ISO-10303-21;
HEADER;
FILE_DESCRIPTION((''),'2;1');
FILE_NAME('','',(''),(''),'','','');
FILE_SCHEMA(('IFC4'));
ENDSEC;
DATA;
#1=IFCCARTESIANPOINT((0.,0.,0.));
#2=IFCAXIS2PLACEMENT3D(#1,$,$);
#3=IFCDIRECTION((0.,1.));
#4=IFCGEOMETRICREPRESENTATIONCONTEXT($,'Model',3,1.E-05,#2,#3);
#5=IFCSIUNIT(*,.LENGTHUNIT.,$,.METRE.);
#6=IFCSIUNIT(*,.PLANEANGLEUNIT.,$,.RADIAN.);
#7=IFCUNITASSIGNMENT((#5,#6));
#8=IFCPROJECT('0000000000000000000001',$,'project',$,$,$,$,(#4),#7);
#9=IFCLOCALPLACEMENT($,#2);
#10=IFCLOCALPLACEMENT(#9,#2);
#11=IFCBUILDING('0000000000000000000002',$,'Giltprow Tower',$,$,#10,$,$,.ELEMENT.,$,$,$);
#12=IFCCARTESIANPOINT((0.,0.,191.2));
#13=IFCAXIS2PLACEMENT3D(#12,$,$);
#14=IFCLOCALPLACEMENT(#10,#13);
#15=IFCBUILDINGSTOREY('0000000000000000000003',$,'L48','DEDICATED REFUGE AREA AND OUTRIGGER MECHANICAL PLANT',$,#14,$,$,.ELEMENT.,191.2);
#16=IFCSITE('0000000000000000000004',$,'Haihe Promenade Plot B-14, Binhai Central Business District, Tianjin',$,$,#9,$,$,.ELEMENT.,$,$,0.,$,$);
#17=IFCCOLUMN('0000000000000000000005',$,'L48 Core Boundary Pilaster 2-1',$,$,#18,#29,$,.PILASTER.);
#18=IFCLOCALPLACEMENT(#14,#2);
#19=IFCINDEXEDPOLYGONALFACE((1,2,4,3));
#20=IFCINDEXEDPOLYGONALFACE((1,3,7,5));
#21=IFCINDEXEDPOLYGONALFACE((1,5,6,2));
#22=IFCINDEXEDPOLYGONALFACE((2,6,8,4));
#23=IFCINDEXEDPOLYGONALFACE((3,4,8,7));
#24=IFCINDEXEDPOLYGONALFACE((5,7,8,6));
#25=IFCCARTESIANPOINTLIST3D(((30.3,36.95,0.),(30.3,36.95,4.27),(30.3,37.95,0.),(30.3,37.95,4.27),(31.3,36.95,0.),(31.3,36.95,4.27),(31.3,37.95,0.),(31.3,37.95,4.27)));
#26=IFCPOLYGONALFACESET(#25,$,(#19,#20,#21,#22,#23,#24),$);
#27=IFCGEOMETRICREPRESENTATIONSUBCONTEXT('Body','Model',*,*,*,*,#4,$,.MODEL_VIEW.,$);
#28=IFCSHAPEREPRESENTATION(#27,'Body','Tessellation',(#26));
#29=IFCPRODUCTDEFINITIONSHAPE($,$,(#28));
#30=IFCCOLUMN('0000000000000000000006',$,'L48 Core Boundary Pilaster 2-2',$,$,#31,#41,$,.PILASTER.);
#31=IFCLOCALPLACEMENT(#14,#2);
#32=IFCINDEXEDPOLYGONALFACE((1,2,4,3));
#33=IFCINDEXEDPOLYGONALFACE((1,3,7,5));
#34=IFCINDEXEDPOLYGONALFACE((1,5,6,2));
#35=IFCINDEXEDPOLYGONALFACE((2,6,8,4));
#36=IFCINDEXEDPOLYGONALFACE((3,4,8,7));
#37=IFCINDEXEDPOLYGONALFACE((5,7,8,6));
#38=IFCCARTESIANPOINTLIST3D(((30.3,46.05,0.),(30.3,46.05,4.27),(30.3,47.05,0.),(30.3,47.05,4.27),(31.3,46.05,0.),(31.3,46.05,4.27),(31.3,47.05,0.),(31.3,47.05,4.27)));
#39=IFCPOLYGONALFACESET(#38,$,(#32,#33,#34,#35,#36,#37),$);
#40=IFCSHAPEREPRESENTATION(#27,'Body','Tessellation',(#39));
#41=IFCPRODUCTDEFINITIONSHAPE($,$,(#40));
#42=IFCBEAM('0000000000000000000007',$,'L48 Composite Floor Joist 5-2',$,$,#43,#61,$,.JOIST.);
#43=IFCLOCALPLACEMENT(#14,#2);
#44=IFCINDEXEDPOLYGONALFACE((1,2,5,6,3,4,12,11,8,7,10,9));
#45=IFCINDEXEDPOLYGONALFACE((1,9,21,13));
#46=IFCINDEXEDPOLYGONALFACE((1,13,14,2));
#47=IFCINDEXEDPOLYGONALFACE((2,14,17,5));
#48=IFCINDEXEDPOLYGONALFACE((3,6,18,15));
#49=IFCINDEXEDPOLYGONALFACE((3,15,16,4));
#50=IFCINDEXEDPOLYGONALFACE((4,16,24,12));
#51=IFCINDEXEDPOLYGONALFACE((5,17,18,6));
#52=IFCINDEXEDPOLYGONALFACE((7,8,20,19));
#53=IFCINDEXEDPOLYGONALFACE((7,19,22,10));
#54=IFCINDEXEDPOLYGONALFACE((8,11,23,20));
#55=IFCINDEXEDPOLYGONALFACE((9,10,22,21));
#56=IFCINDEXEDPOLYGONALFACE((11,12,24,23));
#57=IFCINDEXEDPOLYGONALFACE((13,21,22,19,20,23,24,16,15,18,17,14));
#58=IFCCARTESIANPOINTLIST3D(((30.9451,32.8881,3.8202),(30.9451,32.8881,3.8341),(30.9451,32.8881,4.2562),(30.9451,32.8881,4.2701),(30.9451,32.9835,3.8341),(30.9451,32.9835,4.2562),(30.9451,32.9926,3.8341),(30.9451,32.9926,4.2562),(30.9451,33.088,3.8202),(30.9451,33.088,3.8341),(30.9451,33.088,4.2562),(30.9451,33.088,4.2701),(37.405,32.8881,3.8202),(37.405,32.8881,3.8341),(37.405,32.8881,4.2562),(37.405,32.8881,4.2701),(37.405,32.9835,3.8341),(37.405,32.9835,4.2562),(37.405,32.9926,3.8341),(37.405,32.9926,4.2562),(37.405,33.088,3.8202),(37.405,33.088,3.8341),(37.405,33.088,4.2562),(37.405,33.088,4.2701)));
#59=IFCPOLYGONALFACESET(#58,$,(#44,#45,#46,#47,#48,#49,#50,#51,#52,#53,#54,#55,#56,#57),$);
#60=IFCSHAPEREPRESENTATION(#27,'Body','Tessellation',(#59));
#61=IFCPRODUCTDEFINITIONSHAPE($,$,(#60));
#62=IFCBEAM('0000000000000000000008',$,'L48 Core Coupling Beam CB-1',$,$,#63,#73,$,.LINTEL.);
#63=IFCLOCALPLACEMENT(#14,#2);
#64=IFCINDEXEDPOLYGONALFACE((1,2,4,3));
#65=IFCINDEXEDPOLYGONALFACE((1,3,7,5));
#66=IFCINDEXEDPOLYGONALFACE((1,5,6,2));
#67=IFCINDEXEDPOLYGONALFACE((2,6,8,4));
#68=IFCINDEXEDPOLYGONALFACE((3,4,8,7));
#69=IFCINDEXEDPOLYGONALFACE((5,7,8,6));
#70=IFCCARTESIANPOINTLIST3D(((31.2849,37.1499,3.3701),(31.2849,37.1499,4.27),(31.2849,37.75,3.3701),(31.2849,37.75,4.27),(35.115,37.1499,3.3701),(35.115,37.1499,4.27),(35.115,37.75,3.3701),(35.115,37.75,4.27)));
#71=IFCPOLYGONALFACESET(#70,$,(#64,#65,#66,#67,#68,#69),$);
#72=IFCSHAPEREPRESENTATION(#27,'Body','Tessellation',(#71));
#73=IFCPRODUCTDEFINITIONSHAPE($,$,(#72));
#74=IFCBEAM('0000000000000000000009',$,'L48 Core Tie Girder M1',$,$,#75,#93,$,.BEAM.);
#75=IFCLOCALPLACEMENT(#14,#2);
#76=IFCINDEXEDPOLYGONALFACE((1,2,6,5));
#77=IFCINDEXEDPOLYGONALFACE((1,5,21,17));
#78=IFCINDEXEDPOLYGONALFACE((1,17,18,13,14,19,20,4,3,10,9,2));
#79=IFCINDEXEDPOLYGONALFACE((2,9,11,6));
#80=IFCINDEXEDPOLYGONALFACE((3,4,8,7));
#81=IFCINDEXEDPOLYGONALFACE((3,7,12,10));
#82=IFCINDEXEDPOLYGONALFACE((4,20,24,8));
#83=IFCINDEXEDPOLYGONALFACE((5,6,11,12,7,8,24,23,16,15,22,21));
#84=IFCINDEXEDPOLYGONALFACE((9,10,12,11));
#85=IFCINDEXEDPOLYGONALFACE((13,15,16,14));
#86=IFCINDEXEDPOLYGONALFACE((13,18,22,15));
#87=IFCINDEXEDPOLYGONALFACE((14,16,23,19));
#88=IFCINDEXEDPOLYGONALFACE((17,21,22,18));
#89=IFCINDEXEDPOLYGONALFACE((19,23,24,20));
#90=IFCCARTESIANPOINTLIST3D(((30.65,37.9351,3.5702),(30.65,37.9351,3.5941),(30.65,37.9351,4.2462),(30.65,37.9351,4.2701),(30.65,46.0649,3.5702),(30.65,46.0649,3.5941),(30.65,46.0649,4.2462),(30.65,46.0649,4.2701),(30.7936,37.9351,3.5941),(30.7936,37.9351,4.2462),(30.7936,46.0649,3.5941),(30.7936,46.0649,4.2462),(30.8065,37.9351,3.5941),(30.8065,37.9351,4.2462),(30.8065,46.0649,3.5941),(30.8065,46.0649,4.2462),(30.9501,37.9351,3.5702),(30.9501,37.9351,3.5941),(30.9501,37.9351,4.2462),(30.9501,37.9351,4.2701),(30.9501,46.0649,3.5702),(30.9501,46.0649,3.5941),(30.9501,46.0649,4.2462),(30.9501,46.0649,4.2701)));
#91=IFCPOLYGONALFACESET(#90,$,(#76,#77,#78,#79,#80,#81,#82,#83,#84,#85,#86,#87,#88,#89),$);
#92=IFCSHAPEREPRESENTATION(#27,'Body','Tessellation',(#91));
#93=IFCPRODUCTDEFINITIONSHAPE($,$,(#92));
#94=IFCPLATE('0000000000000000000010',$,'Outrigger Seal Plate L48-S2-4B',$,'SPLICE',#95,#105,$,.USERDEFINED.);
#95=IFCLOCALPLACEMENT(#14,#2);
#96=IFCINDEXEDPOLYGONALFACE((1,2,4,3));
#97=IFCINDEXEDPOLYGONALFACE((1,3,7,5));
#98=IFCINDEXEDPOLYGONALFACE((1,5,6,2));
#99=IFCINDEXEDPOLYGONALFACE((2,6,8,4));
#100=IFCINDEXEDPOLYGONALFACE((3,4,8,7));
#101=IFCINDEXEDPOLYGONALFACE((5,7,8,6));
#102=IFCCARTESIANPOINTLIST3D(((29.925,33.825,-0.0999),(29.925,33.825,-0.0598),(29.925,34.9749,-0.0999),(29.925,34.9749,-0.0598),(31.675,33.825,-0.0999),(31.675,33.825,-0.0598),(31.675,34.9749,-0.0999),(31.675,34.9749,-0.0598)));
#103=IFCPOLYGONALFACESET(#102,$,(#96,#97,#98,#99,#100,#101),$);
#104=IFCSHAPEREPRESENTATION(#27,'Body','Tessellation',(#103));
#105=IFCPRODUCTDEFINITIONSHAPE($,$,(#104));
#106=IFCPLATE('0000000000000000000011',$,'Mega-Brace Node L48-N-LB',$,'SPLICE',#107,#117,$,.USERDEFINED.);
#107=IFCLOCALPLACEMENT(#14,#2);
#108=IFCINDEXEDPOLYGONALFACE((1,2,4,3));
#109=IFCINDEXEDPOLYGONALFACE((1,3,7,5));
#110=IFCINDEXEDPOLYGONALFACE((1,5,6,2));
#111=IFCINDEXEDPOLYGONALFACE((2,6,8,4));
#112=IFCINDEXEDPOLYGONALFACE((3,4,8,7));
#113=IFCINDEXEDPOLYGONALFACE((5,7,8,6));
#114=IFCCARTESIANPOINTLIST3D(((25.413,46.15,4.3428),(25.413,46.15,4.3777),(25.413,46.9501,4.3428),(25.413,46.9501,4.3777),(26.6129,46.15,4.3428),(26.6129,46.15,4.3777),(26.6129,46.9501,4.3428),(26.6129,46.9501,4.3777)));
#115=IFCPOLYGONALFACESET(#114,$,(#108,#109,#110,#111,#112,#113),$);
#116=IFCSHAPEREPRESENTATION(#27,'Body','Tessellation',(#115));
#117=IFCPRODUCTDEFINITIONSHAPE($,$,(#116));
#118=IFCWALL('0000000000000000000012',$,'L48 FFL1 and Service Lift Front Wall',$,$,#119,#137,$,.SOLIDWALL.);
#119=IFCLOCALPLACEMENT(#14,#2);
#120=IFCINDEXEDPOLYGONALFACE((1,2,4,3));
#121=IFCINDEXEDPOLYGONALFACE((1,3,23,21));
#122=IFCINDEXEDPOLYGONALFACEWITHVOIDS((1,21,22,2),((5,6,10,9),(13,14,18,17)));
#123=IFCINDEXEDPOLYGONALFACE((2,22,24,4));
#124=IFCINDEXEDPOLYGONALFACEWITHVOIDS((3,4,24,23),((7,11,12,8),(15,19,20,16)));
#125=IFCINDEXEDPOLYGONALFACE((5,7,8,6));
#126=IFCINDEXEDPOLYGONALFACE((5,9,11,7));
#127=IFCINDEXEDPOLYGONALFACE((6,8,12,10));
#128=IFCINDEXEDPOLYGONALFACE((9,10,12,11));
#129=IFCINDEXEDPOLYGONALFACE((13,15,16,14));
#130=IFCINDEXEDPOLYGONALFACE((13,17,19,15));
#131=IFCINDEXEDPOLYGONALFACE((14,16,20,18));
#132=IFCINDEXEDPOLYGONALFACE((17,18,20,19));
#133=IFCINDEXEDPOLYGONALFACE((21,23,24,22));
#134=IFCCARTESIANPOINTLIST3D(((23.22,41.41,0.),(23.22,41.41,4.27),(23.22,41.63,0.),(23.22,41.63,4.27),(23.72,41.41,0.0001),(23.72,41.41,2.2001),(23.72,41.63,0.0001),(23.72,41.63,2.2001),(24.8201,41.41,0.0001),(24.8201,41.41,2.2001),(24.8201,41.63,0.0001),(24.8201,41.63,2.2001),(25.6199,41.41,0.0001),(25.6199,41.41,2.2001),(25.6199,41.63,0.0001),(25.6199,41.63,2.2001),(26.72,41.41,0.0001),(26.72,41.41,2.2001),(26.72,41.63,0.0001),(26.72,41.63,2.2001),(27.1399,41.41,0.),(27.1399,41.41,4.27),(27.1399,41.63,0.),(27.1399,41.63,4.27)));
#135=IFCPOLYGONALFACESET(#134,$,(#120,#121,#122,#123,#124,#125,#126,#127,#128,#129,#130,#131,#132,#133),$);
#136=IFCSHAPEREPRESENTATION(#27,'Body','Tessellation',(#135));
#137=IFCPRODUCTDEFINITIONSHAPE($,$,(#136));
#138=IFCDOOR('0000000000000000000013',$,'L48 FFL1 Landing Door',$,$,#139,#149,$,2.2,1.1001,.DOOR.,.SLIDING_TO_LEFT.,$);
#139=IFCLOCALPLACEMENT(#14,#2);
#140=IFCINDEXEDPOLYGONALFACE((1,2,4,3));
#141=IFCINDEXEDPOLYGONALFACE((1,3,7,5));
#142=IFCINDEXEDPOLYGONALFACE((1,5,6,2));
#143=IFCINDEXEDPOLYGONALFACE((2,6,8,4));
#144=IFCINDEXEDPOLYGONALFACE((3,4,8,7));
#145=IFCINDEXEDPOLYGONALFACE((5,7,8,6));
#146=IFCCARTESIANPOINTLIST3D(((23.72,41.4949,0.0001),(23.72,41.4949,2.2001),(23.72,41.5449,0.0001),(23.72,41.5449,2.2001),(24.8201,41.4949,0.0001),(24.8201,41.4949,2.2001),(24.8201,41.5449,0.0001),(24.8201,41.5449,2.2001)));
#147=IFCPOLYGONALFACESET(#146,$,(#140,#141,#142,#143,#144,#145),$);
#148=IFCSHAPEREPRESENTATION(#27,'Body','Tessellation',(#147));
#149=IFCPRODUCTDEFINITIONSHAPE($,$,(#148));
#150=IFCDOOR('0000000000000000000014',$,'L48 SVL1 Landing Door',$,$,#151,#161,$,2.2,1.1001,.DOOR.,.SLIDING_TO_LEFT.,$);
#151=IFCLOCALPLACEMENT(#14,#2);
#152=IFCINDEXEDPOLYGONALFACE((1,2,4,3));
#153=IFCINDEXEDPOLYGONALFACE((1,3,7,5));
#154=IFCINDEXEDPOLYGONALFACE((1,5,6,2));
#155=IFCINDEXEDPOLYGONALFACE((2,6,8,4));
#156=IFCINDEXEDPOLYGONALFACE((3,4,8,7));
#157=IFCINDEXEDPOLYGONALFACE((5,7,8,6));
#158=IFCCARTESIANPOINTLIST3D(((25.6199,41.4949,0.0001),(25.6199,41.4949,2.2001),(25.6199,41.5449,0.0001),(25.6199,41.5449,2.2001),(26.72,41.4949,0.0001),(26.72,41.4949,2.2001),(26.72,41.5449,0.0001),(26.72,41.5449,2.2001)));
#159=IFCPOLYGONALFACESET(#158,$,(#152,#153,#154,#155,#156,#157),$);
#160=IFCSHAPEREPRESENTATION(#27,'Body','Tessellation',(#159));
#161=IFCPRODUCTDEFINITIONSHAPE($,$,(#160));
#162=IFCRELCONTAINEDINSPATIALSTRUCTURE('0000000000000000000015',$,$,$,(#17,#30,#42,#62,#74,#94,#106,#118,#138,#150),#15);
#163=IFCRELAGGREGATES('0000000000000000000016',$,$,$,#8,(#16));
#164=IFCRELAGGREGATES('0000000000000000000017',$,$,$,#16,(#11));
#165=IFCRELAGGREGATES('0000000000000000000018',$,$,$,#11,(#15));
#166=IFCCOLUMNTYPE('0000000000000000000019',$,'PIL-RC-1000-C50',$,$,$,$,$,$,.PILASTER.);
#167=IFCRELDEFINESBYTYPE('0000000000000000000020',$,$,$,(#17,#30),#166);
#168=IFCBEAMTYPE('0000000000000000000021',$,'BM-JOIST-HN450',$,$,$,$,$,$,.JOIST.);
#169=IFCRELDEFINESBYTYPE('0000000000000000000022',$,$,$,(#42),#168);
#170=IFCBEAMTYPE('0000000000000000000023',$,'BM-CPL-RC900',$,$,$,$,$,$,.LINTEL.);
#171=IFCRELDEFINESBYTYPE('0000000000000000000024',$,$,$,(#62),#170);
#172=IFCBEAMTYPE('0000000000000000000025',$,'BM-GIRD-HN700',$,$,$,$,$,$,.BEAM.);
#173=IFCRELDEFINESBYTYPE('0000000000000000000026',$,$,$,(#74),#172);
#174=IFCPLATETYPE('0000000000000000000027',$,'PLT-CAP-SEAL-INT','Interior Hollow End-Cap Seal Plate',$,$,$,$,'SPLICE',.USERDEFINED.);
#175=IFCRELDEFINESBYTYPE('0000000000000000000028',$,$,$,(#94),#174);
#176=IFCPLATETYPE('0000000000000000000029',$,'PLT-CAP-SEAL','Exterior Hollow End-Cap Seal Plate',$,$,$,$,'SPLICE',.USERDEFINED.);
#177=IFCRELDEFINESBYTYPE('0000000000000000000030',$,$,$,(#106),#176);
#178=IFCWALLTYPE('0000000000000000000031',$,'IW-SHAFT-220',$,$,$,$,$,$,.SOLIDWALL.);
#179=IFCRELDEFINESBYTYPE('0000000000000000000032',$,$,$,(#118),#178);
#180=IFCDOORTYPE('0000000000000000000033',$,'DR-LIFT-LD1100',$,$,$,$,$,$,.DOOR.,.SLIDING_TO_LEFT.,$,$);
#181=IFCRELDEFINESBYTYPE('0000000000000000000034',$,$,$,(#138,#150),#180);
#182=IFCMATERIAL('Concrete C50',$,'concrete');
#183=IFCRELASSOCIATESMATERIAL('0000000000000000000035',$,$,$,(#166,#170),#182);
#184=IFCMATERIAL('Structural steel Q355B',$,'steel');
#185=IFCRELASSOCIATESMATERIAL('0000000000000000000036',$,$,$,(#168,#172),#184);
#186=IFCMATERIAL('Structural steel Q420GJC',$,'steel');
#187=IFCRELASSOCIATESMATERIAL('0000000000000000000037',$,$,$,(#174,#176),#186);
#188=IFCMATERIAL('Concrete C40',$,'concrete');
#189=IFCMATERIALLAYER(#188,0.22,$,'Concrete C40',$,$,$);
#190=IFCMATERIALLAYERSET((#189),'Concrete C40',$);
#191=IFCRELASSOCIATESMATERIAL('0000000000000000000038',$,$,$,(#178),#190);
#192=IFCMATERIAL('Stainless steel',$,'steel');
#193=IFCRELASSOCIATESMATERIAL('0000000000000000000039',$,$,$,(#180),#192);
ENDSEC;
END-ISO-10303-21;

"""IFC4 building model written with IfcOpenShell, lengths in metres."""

from ifc_helpers import new_model, si_unit, direction, frame, frame_2d, origin, origin_2d, place, context, subcontext, project, spatial, rectangle, i_section, extrude, source, transform, mapped, material, layer, layer_set, material_profile, profile_set, type_object, element, fill, save


model = new_model("IFC4")

# Units and contexts
model_context = context("Model", 3, precision=1e-05, world=origin(), true_north=direction((0.0, 1.0)))
body_context = subcontext(model_context, "Body", "Model", "MODEL_VIEW")
ifc_project = project(units=[si_unit("LENGTHUNIT", "METRE"), si_unit("PLANEANGLEUNIT", "RADIAN")], contexts=[model_context])

# Site, building, storey
site_placement = place(None, origin())
site = spatial("IfcSite", under=ifc_project, at=site_placement, Name="Haihe Promenade Plot B-14, Binhai Central Business District, Tianjin", CompositionType="ELEMENT", RefElevation=0.0)
building_placement = place(site_placement, origin())
building = spatial("IfcBuilding", under=site, at=building_placement, Name="Giltprow Tower", CompositionType="ELEMENT")
storey_placement = place(building_placement, frame((0.0, 0.0, 191.2)))
storey = spatial("IfcBuildingStorey", under=building, at=storey_placement, Name="L48", Description="DEDICATED REFUGE AREA AND OUTRIGGER MECHANICAL PLANT", CompositionType="ELEMENT", Elevation=191.2)

# Columns
ifc_material_1 = material(Name="Concrete C50", Category="concrete")
ifc_material_profile_1 = material_profile(ifc_material_1, rectangle(XDim=1.0, YDim=1.0, at=origin_2d()), Name="RC 1000x1000")
ifc_profile_set_1 = profile_set([ifc_material_profile_1], Name="Concrete C50")
column_type = type_object("IfcColumnType", Name="PIL-RC-1000-C50", PredefinedType="PILASTER", material=ifc_profile_set_1)
shared_shape_1 = source(origin(), body_context, "Body", "SweptSolid", [
    extrude(rectangle(XDim=1.0, YDim=1.0, at=origin_2d()), origin(), (0.0, 0.0, 1.0), 4.27),
])
for number, where, z_axis, x_axis, name in (
    (1, (30.8, 37.45, 0.0), (0.0, 0.0, 1.0), (1.0, 0.0, 0.0), "L48 Core Boundary Pilaster 2-1"),
    (2, (30.8, 46.55, 0.0), (0.0, 0.0, 1.0), (1.0, 0.0, 0.0), "L48 Core Boundary Pilaster 2-2"),
):
    element("IfcColumn", number, at=place(storey_placement, frame(where, z_axis=z_axis, x_axis=x_axis)), inside=storey, type_object=column_type, Name=name, PredefinedType="PILASTER", context=body_context, shape_type="MappedRepresentation", body=[
        mapped(shared_shape_1, transform((0.0, 0.0, 0.0), x_axis=(1.0, 0.0, 0.0), y_axis=(0.0, 1.0, 0.0), z_axis=(0.0, 0.0, 1.0), scale=1.0)),
    ])

# Beams
ifc_material_2 = material(Name="Structural steel Q355B", Category="steel")
ifc_material_profile_2 = material_profile(ifc_material_2, i_section(OverallWidth=0.2, OverallDepth=0.45, WebThickness=0.009, FlangeThickness=0.0139, at=origin_2d()), Name="HN 450x200x9x14")
ifc_profile_set_2 = profile_set([ifc_material_profile_2], Name="Structural steel Q355B")
beam_type_1 = type_object("IfcBeamType", Name="BM-JOIST-HN450", PredefinedType="JOIST", material=ifc_profile_set_2)
shared_shape_2 = source(origin(), body_context, "Body", "SweptSolid", [
    extrude(i_section(OverallWidth=0.2, OverallDepth=0.45, WebThickness=0.009, FlangeThickness=0.0139, at=origin_2d()), origin(), (0.0, 0.0, 1.0), 6.46),
])
beam_1_placement = place(storey_placement, frame((30.9451, 32.988, 4.0452), z_axis=(1.0, 0.0, 0.0), x_axis=(0.0, 1.0, 0.0)))
element("IfcBeam", 3, at=beam_1_placement, inside=storey, type_object=beam_type_1, Name="L48 Composite Floor Joist 5-2", PredefinedType="JOIST", context=body_context, shape_type="MappedRepresentation", body=[
    mapped(shared_shape_2, transform((0.0, 0.0, 0.0), x_axis=(1.0, 0.0, 0.0), y_axis=(0.0, 1.0, 0.0), z_axis=(0.0, 0.0, 1.0), scale=1.0)),
])
ifc_material_profile_3 = material_profile(ifc_material_1, rectangle(XDim=0.6001, YDim=0.8999, at=origin_2d()), Name="RC 900x600")
ifc_profile_set_3 = profile_set([ifc_material_profile_3], Name="Concrete C50")
beam_type_2 = type_object("IfcBeamType", Name="BM-CPL-RC900", PredefinedType="LINTEL", material=ifc_profile_set_3)
shared_shape_3 = source(origin(), body_context, "Body", "SweptSolid", [
    extrude(rectangle(XDim=0.6001, YDim=0.8999, at=origin_2d()), origin(), (0.0, 0.0, 1.0), 3.8301),
])
beam_2_placement = place(storey_placement, frame((31.2849, 37.45, 3.8201), z_axis=(1.0, 0.0, 0.0), x_axis=(0.0, 1.0, 0.0)))
element("IfcBeam", 4, at=beam_2_placement, inside=storey, type_object=beam_type_2, Name="L48 Core Coupling Beam CB-1", PredefinedType="LINTEL", context=body_context, shape_type="MappedRepresentation", body=[
    mapped(shared_shape_3, transform((0.0, 0.0, 0.0), x_axis=(1.0, 0.0, 0.0), y_axis=(0.0, 1.0, 0.0), z_axis=(0.0, 0.0, 1.0), scale=1.0)),
])
ifc_material_profile_4 = material_profile(ifc_material_2, i_section(OverallWidth=0.3, OverallDepth=0.7, WebThickness=0.0129, FlangeThickness=0.0239, at=origin_2d()), Name="HN 700x300x13x24")
ifc_profile_set_4 = profile_set([ifc_material_profile_4], Name="Structural steel Q355B")
beam_type_3 = type_object("IfcBeamType", Name="BM-GIRD-HN700", PredefinedType="BEAM", material=ifc_profile_set_4)
shared_shape_4 = source(origin(), body_context, "Body", "SweptSolid", [
    extrude(i_section(OverallWidth=0.3, OverallDepth=0.7, WebThickness=0.0129, FlangeThickness=0.0239, at=origin_2d()), origin(), (0.0, 0.0, 1.0), 8.1299),
])
beam_3_placement = place(storey_placement, frame((30.8, 37.9351, 3.9202), z_axis=(0.0, 1.0, 0.0), x_axis=(-1.0, 0.0, 0.0)))
element("IfcBeam", 5, at=beam_3_placement, inside=storey, type_object=beam_type_3, Name="L48 Core Tie Girder M1", PredefinedType="BEAM", context=body_context, shape_type="MappedRepresentation", body=[
    mapped(shared_shape_4, transform((0.0, 0.0, 0.0), x_axis=(1.0, 0.0, 0.0), y_axis=(0.0, 1.0, 0.0), z_axis=(0.0, 0.0, 1.0), scale=1.0)),
])

# Plates
ifc_material_3 = material(Name="Structural steel Q420GJC", Category="steel")
plate_type_1 = type_object("IfcPlateType", Name="PLT-CAP-SEAL-INT", Description="Interior Hollow End-Cap Seal Plate", ElementType="SPLICE", PredefinedType="USERDEFINED", material=ifc_material_3)
shared_shape_5 = source(origin(), body_context, "Body", "SweptSolid", [
    extrude(rectangle(XDim=1.75, YDim=1.1499, at=origin_2d()), origin(), (0.0, 0.0, 1.0), 0.04),
])
plate_1_placement = place(storey_placement, frame((30.8, 34.3999, -0.0999), z_axis=(0.0, 0.0, 1.0), x_axis=(1.0, 0.0, 0.0)))
element("IfcPlate", 6, at=plate_1_placement, inside=storey, type_object=plate_type_1, Name="Outrigger Seal Plate L48-S2-4B", ObjectType="SPLICE", PredefinedType="USERDEFINED", context=body_context, shape_type="MappedRepresentation", body=[
    mapped(shared_shape_5, transform((0.0, 0.0, 0.0), x_axis=(1.0, 0.0, 0.0), y_axis=(0.0, 1.0, 0.0), z_axis=(0.0, 0.0, 1.0), scale=1.0)),
])
plate_type_2 = type_object("IfcPlateType", Name="PLT-CAP-SEAL", Description="Exterior Hollow End-Cap Seal Plate", ElementType="SPLICE", PredefinedType="USERDEFINED", material=ifc_material_3)
shared_shape_6 = source(origin(), body_context, "Body", "SweptSolid", [
    extrude(rectangle(XDim=1.2, YDim=0.8, at=origin_2d()), origin(), (0.0, 0.0, 1.0), 0.0349),
])
plate_2_placement = place(storey_placement, frame((26.0129, 46.55, 4.3428), z_axis=(0.0, 0.0, 1.0), x_axis=(1.0, 0.0, 0.0)))
element("IfcPlate", 7, at=plate_2_placement, inside=storey, type_object=plate_type_2, Name="Mega-Brace Node L48-N-LB", ObjectType="SPLICE", PredefinedType="USERDEFINED", context=body_context, shape_type="MappedRepresentation", body=[
    mapped(shared_shape_6, transform((0.0, 0.0, 0.0), x_axis=(1.0, 0.0, 0.0), y_axis=(0.0, 1.0, 0.0), z_axis=(0.0, 0.0, 1.0), scale=1.0)),
])

# Wall, openings, doors
ifc_material_4 = material(Name="Concrete C40", Category="concrete")
ifc_layer_1 = layer(ifc_material_4, 0.22, Name="Concrete C40")
ifc_layer_set_1 = layer_set([ifc_layer_1], Name="Concrete C40")
wall_type_1 = type_object("IfcWallType", Name="IW-SHAFT-220", PredefinedType="SOLIDWALL", material=ifc_layer_set_1)
wall_1_placement = place(storey_placement, frame((23.22, 41.52, 0.0), z_axis=(0.0, 0.0, 1.0), x_axis=(1.0, 0.0, 0.0)))
wall_1 = element("IfcWall", 8, at=wall_1_placement, inside=storey, type_object=wall_type_1, Name="L48 FFL1 and Service Lift Front Wall", PredefinedType="SOLIDWALL", context=body_context, shape_type="SweptSolid", body=[
    extrude(rectangle(XDim=3.9199, YDim=0.22, at=frame_2d((1.96, 0.0))), origin(), (0.0, 0.0, 1.0), 4.27),
])
opening_1_placement = place(wall_1_placement, frame((0.5, 0.0, 0.0)))
opening_1 = element("IfcOpeningElement", 9, at=opening_1_placement, cuts=wall_1, PredefinedType="OPENING", context=body_context, shape_type="SweptSolid", body=[
    extrude(rectangle(XDim=1.1001, YDim=2.2, at=frame_2d((0.55, 1.1001))), frame((0.0, 0.1199, 0.0), z_axis=(0.0, -1.0, 0.0), x_axis=(1.0, 0.0, 0.0)), (0.0, 0.0, 1.0), 0.24),
])
opening_2_placement = place(wall_1_placement, frame((2.3999, 0.0, 0.0)))
opening_2 = element("IfcOpeningElement", 10, at=opening_2_placement, cuts=wall_1, PredefinedType="OPENING", context=body_context, shape_type="SweptSolid", body=[
    extrude(rectangle(XDim=1.1001, YDim=2.2, at=frame_2d((0.55, 1.1001))), frame((0.0, 0.1199, 0.0), z_axis=(0.0, -1.0, 0.0), x_axis=(1.0, 0.0, 0.0)), (0.0, 0.0, 1.0), 0.24),
])
ifc_material_5 = material(Name="Stainless steel", Category="steel")
door_type_1 = type_object("IfcDoorType", Name="DR-LIFT-LD1100", OperationType="SLIDING_TO_LEFT", PredefinedType="DOOR", material=ifc_material_5)
shared_shape_7 = source(origin(), body_context, "Body", "SweptSolid", [
    extrude(rectangle(XDim=1.1001, YDim=2.2, at=frame_2d((0.55, 1.1001))), frame((0.0, 0.0249, 0.0), z_axis=(0.0, -1.0, 0.0), x_axis=(1.0, 0.0, 0.0)), (0.0, 0.0, 1.0), 0.05),
])
door_1_placement = place(opening_1_placement, origin())
door_1 = element("IfcDoor", 11, at=door_1_placement, inside=storey, type_object=door_type_1, Name="L48 FFL1 Landing Door", OperationType="SLIDING_TO_LEFT", OverallHeight=2.2, OverallWidth=1.1001, PredefinedType="DOOR", context=body_context, shape_type="MappedRepresentation", body=[
    mapped(shared_shape_7, transform((0.0, 0.0, 0.0), x_axis=(1.0, 0.0, 0.0), y_axis=(0.0, 1.0, 0.0), z_axis=(0.0, 0.0, 1.0), scale=1.0)),
])
fill(opening_1, door_1)
door_2_placement = place(opening_2_placement, origin())
door_2 = element("IfcDoor", 12, at=door_2_placement, inside=storey, type_object=door_type_1, Name="L48 SVL1 Landing Door", OperationType="SLIDING_TO_LEFT", OverallHeight=2.2, OverallWidth=1.1001, PredefinedType="DOOR", context=body_context, shape_type="MappedRepresentation", body=[
    mapped(shared_shape_7, transform((0.0, 0.0, 0.0), x_axis=(1.0, 0.0, 0.0), y_axis=(0.0, 1.0, 0.0), z_axis=(0.0, 0.0, 1.0), scale=1.0)),
])
fill(opening_2, door_2)

save(model, "model.ifc")
